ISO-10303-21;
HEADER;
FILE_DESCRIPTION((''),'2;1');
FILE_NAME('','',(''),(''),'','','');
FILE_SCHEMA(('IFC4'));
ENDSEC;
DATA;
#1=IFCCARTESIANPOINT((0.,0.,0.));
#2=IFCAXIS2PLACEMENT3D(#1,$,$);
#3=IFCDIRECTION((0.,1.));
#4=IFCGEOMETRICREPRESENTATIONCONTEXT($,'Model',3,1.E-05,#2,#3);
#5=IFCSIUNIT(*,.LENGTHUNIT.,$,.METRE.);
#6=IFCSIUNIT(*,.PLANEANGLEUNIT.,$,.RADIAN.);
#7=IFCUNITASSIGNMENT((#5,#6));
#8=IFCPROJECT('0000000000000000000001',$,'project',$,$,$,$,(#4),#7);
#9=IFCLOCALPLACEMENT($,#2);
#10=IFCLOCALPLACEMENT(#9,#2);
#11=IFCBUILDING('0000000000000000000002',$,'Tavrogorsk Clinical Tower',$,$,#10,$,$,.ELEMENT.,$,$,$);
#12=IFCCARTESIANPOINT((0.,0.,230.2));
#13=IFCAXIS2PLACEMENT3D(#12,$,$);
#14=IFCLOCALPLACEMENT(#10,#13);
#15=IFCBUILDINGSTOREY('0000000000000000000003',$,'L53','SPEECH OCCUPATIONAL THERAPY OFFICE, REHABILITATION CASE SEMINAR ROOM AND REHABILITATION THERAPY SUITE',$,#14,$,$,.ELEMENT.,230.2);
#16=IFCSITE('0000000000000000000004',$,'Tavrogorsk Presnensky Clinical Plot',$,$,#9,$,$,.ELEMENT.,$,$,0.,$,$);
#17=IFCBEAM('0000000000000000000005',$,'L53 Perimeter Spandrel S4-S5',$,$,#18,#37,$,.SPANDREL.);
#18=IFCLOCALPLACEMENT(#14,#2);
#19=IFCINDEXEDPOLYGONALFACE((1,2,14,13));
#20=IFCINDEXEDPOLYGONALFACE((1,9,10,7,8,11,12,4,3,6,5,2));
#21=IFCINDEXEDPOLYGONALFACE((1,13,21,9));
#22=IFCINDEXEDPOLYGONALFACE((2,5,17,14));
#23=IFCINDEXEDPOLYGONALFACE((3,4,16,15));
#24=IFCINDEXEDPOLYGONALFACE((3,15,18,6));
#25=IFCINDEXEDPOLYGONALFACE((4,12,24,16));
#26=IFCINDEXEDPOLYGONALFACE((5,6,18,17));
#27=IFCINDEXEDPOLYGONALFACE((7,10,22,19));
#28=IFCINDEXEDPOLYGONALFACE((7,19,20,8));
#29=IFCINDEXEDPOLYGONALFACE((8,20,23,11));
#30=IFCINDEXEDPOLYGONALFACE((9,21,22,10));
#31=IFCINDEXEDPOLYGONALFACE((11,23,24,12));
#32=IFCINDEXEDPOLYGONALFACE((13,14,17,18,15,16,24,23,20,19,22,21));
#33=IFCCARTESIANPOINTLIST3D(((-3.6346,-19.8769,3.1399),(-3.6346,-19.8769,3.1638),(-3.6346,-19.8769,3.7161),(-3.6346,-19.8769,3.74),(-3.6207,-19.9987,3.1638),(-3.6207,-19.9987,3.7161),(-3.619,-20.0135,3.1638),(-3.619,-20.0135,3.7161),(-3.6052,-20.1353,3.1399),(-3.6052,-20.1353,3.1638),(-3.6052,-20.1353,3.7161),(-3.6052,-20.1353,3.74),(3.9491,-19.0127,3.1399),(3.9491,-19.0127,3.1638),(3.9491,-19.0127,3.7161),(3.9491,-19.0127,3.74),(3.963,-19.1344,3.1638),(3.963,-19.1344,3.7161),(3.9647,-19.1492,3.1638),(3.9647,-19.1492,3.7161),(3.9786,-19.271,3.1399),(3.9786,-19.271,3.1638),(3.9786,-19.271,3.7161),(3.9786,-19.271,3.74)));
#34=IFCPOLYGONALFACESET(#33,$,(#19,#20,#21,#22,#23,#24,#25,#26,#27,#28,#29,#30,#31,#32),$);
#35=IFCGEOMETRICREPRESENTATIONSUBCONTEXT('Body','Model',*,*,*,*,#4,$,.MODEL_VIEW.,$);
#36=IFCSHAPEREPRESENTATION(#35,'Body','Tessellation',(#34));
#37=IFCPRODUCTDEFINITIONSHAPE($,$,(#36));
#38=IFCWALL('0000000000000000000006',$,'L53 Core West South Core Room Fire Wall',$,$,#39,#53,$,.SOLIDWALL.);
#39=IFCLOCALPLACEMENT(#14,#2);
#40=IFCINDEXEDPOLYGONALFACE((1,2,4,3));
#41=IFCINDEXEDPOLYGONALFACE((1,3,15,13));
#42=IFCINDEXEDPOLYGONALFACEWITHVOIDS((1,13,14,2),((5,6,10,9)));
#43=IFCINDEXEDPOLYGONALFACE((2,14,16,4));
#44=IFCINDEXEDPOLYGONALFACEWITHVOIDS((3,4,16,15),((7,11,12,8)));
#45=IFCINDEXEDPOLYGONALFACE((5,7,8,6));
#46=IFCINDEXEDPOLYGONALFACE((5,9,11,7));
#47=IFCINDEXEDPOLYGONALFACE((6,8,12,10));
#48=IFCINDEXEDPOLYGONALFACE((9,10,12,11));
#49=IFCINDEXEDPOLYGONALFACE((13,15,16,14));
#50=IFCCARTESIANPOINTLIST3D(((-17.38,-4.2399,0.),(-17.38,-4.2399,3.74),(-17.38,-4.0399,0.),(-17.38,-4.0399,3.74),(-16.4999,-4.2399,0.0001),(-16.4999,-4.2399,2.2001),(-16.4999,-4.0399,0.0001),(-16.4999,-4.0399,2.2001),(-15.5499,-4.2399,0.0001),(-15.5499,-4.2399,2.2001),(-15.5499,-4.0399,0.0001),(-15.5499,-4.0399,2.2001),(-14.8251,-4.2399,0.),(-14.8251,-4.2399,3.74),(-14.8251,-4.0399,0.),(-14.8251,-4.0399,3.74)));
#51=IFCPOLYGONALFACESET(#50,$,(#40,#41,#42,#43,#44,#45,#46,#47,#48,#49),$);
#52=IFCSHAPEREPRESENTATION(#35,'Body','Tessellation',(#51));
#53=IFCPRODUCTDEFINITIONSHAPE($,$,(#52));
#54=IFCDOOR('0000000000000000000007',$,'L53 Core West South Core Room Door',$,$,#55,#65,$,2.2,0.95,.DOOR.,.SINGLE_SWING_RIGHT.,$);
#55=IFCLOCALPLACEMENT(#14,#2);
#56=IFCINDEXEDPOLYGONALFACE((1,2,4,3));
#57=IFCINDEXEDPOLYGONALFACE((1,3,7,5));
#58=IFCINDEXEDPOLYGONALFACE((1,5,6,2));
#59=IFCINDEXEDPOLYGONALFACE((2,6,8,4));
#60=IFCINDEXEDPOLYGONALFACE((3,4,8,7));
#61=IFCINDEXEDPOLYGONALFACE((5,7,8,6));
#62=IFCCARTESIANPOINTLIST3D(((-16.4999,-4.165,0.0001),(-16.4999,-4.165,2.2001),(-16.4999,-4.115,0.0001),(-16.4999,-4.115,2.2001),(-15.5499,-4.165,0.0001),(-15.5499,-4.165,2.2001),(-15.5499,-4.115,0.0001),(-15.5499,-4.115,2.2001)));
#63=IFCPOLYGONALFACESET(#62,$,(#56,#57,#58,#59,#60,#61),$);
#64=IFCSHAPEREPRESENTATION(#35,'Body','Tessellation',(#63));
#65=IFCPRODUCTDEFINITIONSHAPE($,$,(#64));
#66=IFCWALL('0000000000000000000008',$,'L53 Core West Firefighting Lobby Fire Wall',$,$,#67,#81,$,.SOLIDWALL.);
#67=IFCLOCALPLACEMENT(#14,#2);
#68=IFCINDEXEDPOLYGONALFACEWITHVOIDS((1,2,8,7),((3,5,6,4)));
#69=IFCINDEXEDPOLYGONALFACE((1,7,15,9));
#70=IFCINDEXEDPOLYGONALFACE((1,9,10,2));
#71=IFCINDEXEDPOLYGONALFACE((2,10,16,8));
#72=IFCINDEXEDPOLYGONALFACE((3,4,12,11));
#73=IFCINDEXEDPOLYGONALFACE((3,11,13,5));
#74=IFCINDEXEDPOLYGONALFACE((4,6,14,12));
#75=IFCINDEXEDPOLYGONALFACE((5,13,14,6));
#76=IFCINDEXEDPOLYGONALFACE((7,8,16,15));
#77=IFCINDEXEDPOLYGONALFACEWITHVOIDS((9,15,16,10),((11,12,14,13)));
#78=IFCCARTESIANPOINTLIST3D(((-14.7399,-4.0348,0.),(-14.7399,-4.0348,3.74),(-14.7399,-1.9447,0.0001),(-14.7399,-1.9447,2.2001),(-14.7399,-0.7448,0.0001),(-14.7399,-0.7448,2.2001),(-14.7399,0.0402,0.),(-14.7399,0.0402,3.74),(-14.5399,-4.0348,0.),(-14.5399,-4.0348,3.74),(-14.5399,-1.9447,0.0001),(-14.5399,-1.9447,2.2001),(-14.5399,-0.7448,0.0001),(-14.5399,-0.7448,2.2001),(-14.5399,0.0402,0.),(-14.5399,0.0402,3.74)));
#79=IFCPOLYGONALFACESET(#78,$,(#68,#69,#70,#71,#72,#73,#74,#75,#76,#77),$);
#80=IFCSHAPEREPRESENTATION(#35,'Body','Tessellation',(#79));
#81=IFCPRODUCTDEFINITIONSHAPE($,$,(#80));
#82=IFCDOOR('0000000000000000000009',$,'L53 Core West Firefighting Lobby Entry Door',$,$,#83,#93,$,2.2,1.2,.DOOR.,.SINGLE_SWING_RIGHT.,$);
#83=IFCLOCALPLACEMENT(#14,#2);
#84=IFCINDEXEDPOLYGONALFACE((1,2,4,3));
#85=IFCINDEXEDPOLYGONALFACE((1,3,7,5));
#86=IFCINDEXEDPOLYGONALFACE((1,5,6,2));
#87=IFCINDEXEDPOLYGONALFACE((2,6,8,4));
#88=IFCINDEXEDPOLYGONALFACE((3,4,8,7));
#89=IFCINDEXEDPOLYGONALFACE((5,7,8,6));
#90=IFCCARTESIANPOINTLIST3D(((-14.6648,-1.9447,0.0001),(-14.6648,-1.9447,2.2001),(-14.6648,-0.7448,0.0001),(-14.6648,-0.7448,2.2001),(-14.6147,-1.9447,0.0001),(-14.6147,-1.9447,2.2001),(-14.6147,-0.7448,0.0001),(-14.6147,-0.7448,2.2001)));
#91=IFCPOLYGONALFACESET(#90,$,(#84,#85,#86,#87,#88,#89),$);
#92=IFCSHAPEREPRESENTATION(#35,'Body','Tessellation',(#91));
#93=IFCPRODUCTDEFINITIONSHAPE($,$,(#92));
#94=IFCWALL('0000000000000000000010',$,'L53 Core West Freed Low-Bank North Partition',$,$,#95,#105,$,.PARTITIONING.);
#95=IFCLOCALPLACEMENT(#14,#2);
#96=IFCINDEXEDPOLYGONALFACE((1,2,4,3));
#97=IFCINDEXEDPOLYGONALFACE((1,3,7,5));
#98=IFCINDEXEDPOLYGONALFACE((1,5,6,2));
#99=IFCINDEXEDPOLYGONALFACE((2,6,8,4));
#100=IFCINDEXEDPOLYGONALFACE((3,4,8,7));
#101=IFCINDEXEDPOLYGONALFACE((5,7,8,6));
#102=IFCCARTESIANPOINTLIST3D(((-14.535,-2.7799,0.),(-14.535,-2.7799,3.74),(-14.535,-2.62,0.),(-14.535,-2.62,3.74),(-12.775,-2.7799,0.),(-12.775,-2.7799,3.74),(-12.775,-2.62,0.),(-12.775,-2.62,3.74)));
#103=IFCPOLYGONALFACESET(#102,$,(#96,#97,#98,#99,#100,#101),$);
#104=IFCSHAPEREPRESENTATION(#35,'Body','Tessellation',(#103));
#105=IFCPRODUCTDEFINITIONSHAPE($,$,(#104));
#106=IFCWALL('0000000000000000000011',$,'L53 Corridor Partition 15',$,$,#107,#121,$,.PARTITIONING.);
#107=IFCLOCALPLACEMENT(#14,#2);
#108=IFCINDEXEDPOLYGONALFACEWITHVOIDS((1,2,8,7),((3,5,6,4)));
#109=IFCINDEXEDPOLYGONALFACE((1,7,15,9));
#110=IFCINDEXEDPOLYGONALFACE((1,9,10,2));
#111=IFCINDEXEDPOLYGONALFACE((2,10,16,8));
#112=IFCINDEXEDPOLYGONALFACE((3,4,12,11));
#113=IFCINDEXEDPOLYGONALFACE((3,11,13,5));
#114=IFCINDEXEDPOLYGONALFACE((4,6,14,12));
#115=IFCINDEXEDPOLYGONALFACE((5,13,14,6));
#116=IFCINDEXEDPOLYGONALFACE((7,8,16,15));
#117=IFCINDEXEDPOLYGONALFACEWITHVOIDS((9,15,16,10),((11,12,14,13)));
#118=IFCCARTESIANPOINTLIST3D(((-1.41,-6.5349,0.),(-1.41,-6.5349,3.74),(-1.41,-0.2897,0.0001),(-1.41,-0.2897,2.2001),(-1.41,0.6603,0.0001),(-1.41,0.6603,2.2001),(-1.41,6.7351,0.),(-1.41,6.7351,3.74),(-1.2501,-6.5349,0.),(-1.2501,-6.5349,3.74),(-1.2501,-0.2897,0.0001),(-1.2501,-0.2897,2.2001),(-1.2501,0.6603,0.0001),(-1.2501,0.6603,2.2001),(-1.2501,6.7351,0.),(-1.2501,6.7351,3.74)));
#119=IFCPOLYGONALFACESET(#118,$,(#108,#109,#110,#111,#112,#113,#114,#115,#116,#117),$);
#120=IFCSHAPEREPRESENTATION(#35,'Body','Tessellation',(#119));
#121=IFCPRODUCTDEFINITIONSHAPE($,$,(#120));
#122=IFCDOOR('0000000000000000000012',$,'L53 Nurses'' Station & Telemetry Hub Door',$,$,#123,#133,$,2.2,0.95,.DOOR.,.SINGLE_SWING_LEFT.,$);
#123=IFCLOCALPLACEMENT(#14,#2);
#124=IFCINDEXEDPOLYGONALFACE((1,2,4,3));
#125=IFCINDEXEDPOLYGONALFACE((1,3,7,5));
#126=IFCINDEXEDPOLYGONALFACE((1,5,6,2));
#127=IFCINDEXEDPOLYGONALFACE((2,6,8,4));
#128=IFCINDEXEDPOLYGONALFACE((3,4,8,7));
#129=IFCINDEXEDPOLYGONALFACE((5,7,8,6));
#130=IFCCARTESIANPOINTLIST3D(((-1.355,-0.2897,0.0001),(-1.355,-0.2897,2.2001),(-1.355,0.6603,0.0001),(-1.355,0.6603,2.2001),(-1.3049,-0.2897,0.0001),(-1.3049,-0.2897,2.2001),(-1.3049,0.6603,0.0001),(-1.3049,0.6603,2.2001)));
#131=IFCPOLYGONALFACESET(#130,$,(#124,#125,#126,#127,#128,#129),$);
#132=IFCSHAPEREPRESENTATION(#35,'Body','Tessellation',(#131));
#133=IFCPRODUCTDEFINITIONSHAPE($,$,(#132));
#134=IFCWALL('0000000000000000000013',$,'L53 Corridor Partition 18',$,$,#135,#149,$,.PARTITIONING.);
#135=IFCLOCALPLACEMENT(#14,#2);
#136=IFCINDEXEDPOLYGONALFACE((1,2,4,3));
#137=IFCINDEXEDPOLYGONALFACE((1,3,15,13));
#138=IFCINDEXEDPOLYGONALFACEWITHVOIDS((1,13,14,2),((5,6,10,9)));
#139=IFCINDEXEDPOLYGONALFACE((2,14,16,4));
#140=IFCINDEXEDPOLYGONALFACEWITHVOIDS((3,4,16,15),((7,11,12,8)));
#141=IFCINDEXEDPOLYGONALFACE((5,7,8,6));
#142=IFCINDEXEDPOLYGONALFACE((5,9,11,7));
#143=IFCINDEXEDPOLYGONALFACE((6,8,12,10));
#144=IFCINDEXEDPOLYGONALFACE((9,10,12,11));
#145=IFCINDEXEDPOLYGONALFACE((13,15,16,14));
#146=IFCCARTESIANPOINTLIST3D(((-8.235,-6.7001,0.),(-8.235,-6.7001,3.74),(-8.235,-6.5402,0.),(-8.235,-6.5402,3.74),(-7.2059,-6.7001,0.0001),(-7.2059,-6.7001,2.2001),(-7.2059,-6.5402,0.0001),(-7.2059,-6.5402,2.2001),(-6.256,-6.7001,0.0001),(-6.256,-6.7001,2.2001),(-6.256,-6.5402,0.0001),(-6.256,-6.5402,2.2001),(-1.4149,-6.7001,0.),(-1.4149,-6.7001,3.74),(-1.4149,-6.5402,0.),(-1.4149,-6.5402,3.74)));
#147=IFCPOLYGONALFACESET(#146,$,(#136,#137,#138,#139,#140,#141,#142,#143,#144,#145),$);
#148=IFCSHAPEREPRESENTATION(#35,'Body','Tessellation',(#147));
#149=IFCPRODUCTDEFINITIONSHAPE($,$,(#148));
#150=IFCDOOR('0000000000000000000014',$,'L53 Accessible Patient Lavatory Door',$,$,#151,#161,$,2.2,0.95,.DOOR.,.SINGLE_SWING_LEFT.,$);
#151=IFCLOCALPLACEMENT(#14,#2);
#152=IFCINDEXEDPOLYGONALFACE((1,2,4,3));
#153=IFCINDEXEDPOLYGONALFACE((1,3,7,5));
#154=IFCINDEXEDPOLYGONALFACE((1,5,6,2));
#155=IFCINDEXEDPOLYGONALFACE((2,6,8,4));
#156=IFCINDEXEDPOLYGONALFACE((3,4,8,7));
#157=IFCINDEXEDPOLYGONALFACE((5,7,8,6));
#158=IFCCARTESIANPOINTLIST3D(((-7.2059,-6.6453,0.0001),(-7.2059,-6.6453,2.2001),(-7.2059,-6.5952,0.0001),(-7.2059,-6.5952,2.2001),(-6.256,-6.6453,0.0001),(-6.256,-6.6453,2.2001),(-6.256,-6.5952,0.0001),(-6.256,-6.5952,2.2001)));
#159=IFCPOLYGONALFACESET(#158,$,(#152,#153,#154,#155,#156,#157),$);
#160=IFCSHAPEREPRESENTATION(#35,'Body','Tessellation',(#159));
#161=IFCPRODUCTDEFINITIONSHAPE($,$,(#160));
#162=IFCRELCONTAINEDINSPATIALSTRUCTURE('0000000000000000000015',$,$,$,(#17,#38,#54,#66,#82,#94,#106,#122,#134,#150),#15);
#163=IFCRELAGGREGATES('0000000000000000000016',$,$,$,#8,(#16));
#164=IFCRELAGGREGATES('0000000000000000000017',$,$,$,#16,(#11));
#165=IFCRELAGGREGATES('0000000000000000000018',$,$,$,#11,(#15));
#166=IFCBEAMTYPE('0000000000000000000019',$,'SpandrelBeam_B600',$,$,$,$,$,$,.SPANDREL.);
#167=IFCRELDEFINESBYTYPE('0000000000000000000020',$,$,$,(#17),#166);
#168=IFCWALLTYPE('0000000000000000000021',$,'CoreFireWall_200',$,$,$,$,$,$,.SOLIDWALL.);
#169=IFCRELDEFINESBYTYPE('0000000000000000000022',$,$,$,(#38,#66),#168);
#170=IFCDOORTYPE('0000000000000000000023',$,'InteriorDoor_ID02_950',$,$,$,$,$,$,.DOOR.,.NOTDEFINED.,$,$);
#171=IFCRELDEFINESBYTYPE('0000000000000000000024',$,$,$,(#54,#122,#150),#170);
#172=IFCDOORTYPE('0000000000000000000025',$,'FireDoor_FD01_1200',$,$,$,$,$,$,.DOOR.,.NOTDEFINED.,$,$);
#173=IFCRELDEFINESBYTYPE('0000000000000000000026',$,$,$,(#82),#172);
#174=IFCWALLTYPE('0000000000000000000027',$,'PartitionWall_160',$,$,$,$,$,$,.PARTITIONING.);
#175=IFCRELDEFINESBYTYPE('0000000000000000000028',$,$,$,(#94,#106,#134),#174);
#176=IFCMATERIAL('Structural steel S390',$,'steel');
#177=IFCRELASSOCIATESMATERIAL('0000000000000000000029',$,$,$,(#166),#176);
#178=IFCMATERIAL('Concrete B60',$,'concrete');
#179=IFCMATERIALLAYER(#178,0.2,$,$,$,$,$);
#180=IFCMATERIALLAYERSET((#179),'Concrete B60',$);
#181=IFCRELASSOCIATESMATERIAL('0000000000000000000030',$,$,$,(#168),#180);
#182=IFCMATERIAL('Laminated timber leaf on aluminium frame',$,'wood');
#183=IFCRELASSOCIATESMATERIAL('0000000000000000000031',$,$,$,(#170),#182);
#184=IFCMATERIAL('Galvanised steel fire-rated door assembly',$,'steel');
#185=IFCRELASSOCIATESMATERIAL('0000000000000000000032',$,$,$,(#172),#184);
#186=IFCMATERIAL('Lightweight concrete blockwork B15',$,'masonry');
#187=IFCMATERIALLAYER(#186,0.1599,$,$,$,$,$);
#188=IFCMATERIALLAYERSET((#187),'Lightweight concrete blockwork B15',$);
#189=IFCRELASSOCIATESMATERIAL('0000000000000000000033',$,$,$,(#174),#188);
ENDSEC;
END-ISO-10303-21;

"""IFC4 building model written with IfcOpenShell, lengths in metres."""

from ifc_helpers import new_model, si_unit, direction, frame, frame_2d, origin, origin_2d, place, context, subcontext, project, spatial, rectangle, i_section, extrude, material, layer, layer_set, material_profile, profile_set, type_object, element, fill, save


model = new_model("IFC4")

# Units and contexts
model_context = context("Model", 3, precision=1e-05, world=origin(), true_north=direction((0.0, 1.0)))
body_context = subcontext(model_context, "Body", "Model", "MODEL_VIEW")
ifc_project = project(units=[si_unit("LENGTHUNIT", "METRE"), si_unit("PLANEANGLEUNIT", "RADIAN")], contexts=[model_context])

# Site, building, storey
site_placement = place(None, origin())
site = spatial("IfcSite", under=ifc_project, at=site_placement, Name="Tavrogorsk Presnensky Clinical Plot", CompositionType="ELEMENT", RefElevation=0.0)
building_placement = place(site_placement, origin())
building = spatial("IfcBuilding", under=site, at=building_placement, Name="Tavrogorsk Clinical Tower", CompositionType="ELEMENT")
storey_placement = place(building_placement, frame((0.0, 0.0, 230.2)))
storey = spatial("IfcBuildingStorey", under=building, at=storey_placement, Name="L53", Description="SPEECH OCCUPATIONAL THERAPY OFFICE, REHABILITATION CASE SEMINAR ROOM AND REHABILITATION THERAPY SUITE", CompositionType="ELEMENT", Elevation=230.2)

# Beam
ifc_material_1 = material(Name="Structural steel S390", Category="steel")
ifc_material_profile_1 = material_profile(ifc_material_1, i_section(OverallWidth=0.26, OverallDepth=0.6001, WebThickness=0.0149, FlangeThickness=0.0239, at=origin_2d()), Name="B-600x260x15x24")
ifc_profile_set_1 = profile_set([ifc_material_profile_1], Name="Structural steel S390")
beam_type_1 = type_object("IfcBeamType", Name="SpandrelBeam_B600", PredefinedType="SPANDREL", material=ifc_profile_set_1)
beam_1_placement = place(storey_placement, frame((-3.6199, -20.0061, 3.4399), z_axis=(0.993569, 0.113229, 0.0), x_axis=(-0.113229, 0.993569, 0.0)))
element("IfcBeam", 1, at=beam_1_placement, inside=storey, type_object=beam_type_1, Name="L53 Perimeter Spandrel S4-S5", PredefinedType="SPANDREL", context=body_context, shape_type="SweptSolid", body=[
    extrude(i_section(OverallWidth=0.26, OverallDepth=0.6001, WebThickness=0.0149, FlangeThickness=0.0239, at=origin_2d()), origin(), (0.0, 0.0, 1.0), 7.6328),
])

# Walls, openings, doors
ifc_material_2 = material(Name="Concrete B60", Category="concrete")
ifc_layer_1 = layer(ifc_material_2, 0.2)
ifc_layer_set_1 = layer_set([ifc_layer_1], Name="Concrete B60")
wall_type_1 = type_object("IfcWallType", Name="CoreFireWall_200", PredefinedType="SOLIDWALL", material=ifc_layer_set_1)
wall_1_placement = place(storey_placement, frame((-17.3799, -4.1399, 0.0), z_axis=(0.0, 0.0, 1.0), x_axis=(1.0, 0.0, 0.0)))
wall_1 = element("IfcWall", 2, at=wall_1_placement, inside=storey, type_object=wall_type_1, Name="L53 Core West South Core Room Fire Wall", PredefinedType="SOLIDWALL", context=body_context, shape_type="SweptSolid", body=[
    extrude(rectangle(XDim=2.5549, YDim=0.2, at=frame_2d((1.2773, 0.0))), origin(), (0.0, 0.0, 1.0), 3.74),
])
opening_1_placement = place(wall_1_placement, frame((0.8799, 0.0, 0.0)))
opening_1 = element("IfcOpeningElement", 3, at=opening_1_placement, cuts=wall_1, PredefinedType="OPENING", context=body_context, shape_type="SweptSolid", body=[
    extrude(rectangle(XDim=0.95, YDim=2.2, at=frame_2d((0.4751, 1.1001))), frame((0.0, 0.1099, 0.0), z_axis=(0.0, -1.0, 0.0), x_axis=(1.0, 0.0, 0.0)), (0.0, 0.0, 1.0), 0.22),
])
ifc_material_3 = material(Name="Laminated timber leaf on aluminium frame", Category="wood")
door_type_1 = type_object("IfcDoorType", Name="InteriorDoor_ID02_950", OperationType="NOTDEFINED", PredefinedType="DOOR", material=ifc_material_3)
door_1_placement = place(opening_1_placement, origin())
door_1 = element("IfcDoor", 4, at=door_1_placement, inside=storey, type_object=door_type_1, Name="L53 Core West South Core Room Door", OperationType="SINGLE_SWING_RIGHT", OverallHeight=2.2, OverallWidth=0.95, PredefinedType="DOOR", context=body_context, shape_type="SweptSolid", body=[
    extrude(rectangle(XDim=0.95, YDim=2.2, at=frame_2d((0.4751, 1.1001))), frame((0.0, 0.0249, 0.0), z_axis=(0.0, -1.0, 0.0), x_axis=(1.0, 0.0, 0.0)), (0.0, 0.0, 1.0), 0.05),
])
fill(opening_1, door_1)
wall_2_placement = place(storey_placement, frame((-14.6399, -4.0349, 0.0), z_axis=(0.0, 0.0, 1.0), x_axis=(0.0, 1.0, 0.0)))
wall_2 = element("IfcWall", 5, at=wall_2_placement, inside=storey, type_object=wall_type_1, Name="L53 Core West Firefighting Lobby Fire Wall", PredefinedType="SOLIDWALL", context=body_context, shape_type="SweptSolid", body=[
    extrude(rectangle(XDim=4.075, YDim=0.2, at=frame_2d((2.0376, 0.0))), origin(), (0.0, 0.0, 1.0), 3.74),
])
opening_2_placement = place(wall_2_placement, frame((2.0901, 0.0, 0.0)))
opening_2 = element("IfcOpeningElement", 6, at=opening_2_placement, cuts=wall_2, PredefinedType="OPENING", context=body_context, shape_type="SweptSolid", body=[
    extrude(rectangle(XDim=1.2, YDim=2.2, at=frame_2d((0.6001, 1.1001))), frame((0.0, 0.1099, 0.0), z_axis=(0.0, -1.0, 0.0), x_axis=(1.0, 0.0, 0.0)), (0.0, 0.0, 1.0), 0.22),
])
ifc_material_4 = material(Name="Galvanised steel fire-rated door assembly", Category="steel")
door_type_2 = type_object("IfcDoorType", Name="FireDoor_FD01_1200", OperationType="NOTDEFINED", PredefinedType="DOOR", material=ifc_material_4)
door_2_placement = place(opening_2_placement, origin())
door_2 = element("IfcDoor", 7, at=door_2_placement, inside=storey, type_object=door_type_2, Name="L53 Core West Firefighting Lobby Entry Door", OperationType="SINGLE_SWING_RIGHT", OverallHeight=2.2, OverallWidth=1.2, PredefinedType="DOOR", context=body_context, shape_type="SweptSolid", body=[
    extrude(rectangle(XDim=1.2, YDim=2.2, at=frame_2d((0.6001, 1.1001))), frame((0.0, 0.0249, 0.0), z_axis=(0.0, -1.0, 0.0), x_axis=(1.0, 0.0, 0.0)), (0.0, 0.0, 1.0), 0.05),
])
fill(opening_2, door_2)

# Wall
ifc_material_5 = material(Name="Lightweight concrete blockwork B15", Category="masonry")
ifc_layer_2 = layer(ifc_material_5, 0.1599)
ifc_layer_set_2 = layer_set([ifc_layer_2], Name="Lightweight concrete blockwork B15")
wall_type_2 = type_object("IfcWallType", Name="PartitionWall_160", PredefinedType="PARTITIONING", material=ifc_layer_set_2)
wall_3_placement = place(storey_placement, frame((-14.5349, -2.7, 0.0), z_axis=(0.0, 0.0, 1.0), x_axis=(1.0, 0.0, 0.0)))
element("IfcWall", 8, at=wall_3_placement, inside=storey, type_object=wall_type_2, Name="L53 Core West Freed Low-Bank North Partition", PredefinedType="PARTITIONING", context=body_context, shape_type="SweptSolid", body=[
    extrude(rectangle(XDim=1.76, YDim=0.1599, at=frame_2d((0.8799, 0.0))), origin(), (0.0, 0.0, 1.0), 3.74),
])

# Walls, openings, doors
wall_4_placement = place(storey_placement, frame((-1.3301, -6.5349, 0.0), z_axis=(0.0, 0.0, 1.0), x_axis=(0.0, 1.0, 0.0)))
wall_4 = element("IfcWall", 9, at=wall_4_placement, inside=storey, type_object=wall_type_2, Name="L53 Corridor Partition 15", PredefinedType="PARTITIONING", context=body_context, shape_type="SweptSolid", body=[
    extrude(rectangle(XDim=13.27, YDim=0.1599, at=frame_2d((6.635, 0.0))), origin(), (0.0, 0.0, 1.0), 3.74),
])
opening_3_placement = place(wall_4_placement, frame((6.2451, 0.0, 0.0)))
opening_3 = element("IfcOpeningElement", 10, at=opening_3_placement, cuts=wall_4, PredefinedType="OPENING", context=body_context, shape_type="SweptSolid", body=[
    extrude(rectangle(XDim=0.95, YDim=2.2, at=frame_2d((0.4751, 1.1001))), frame((0.0, 0.0898, 0.0), z_axis=(0.0, -1.0, 0.0), x_axis=(1.0, 0.0, 0.0)), (0.0, 0.0, 1.0), 0.1799),
])
door_3_placement = place(opening_3_placement, origin())
door_3 = element("IfcDoor", 11, at=door_3_placement, inside=storey, type_object=door_type_1, Name="L53 Nurses' Station & Telemetry Hub Door", OperationType="SINGLE_SWING_LEFT", OverallHeight=2.2, OverallWidth=0.95, PredefinedType="DOOR", context=body_context, shape_type="SweptSolid", body=[
    extrude(rectangle(XDim=0.95, YDim=2.2, at=frame_2d((0.4751, 1.1001))), frame((0.0, 0.0249, 0.0), z_axis=(0.0, -1.0, 0.0), x_axis=(1.0, 0.0, 0.0)), (0.0, 0.0, 1.0), 0.05),
])
fill(opening_3, door_3)
wall_5_placement = place(storey_placement, frame((-8.2351, -6.6201, 0.0), z_axis=(0.0, 0.0, 1.0), x_axis=(1.0, 0.0, 0.0)))
wall_5 = element("IfcWall", 12, at=wall_5_placement, inside=storey, type_object=wall_type_2, Name="L53 Corridor Partition 18", PredefinedType="PARTITIONING", context=body_context, shape_type="SweptSolid", body=[
    extrude(rectangle(XDim=6.8201, YDim=0.1599, at=frame_2d((3.4102, 0.0))), origin(), (0.0, 0.0, 1.0), 3.74),
])
opening_4_placement = place(wall_5_placement, frame((1.0291, 0.0, 0.0)))
opening_4 = element("IfcOpeningElement", 13, at=opening_4_placement, cuts=wall_5, PredefinedType="OPENING", context=body_context, shape_type="SweptSolid", body=[
    extrude(rectangle(XDim=0.95, YDim=2.2, at=frame_2d((0.4751, 1.1001))), frame((0.0, 0.0898, 0.0), z_axis=(0.0, -1.0, 0.0), x_axis=(1.0, 0.0, 0.0)), (0.0, 0.0, 1.0), 0.1799),
])
door_4_placement = place(opening_4_placement, origin())
door_4 = element("IfcDoor", 14, at=door_4_placement, inside=storey, type_object=door_type_1, Name="L53 Accessible Patient Lavatory Door", OperationType="SINGLE_SWING_LEFT", OverallHeight=2.2, OverallWidth=0.95, PredefinedType="DOOR", context=body_context, shape_type="SweptSolid", body=[
    extrude(rectangle(XDim=0.95, YDim=2.2, at=frame_2d((0.4751, 1.1001))), frame((0.0, 0.0249, 0.0), z_axis=(0.0, -1.0, 0.0), x_axis=(1.0, 0.0, 0.0)), (0.0, 0.0, 1.0), 0.05),
])
fill(opening_4, door_4)

save(model, "model.ifc")
